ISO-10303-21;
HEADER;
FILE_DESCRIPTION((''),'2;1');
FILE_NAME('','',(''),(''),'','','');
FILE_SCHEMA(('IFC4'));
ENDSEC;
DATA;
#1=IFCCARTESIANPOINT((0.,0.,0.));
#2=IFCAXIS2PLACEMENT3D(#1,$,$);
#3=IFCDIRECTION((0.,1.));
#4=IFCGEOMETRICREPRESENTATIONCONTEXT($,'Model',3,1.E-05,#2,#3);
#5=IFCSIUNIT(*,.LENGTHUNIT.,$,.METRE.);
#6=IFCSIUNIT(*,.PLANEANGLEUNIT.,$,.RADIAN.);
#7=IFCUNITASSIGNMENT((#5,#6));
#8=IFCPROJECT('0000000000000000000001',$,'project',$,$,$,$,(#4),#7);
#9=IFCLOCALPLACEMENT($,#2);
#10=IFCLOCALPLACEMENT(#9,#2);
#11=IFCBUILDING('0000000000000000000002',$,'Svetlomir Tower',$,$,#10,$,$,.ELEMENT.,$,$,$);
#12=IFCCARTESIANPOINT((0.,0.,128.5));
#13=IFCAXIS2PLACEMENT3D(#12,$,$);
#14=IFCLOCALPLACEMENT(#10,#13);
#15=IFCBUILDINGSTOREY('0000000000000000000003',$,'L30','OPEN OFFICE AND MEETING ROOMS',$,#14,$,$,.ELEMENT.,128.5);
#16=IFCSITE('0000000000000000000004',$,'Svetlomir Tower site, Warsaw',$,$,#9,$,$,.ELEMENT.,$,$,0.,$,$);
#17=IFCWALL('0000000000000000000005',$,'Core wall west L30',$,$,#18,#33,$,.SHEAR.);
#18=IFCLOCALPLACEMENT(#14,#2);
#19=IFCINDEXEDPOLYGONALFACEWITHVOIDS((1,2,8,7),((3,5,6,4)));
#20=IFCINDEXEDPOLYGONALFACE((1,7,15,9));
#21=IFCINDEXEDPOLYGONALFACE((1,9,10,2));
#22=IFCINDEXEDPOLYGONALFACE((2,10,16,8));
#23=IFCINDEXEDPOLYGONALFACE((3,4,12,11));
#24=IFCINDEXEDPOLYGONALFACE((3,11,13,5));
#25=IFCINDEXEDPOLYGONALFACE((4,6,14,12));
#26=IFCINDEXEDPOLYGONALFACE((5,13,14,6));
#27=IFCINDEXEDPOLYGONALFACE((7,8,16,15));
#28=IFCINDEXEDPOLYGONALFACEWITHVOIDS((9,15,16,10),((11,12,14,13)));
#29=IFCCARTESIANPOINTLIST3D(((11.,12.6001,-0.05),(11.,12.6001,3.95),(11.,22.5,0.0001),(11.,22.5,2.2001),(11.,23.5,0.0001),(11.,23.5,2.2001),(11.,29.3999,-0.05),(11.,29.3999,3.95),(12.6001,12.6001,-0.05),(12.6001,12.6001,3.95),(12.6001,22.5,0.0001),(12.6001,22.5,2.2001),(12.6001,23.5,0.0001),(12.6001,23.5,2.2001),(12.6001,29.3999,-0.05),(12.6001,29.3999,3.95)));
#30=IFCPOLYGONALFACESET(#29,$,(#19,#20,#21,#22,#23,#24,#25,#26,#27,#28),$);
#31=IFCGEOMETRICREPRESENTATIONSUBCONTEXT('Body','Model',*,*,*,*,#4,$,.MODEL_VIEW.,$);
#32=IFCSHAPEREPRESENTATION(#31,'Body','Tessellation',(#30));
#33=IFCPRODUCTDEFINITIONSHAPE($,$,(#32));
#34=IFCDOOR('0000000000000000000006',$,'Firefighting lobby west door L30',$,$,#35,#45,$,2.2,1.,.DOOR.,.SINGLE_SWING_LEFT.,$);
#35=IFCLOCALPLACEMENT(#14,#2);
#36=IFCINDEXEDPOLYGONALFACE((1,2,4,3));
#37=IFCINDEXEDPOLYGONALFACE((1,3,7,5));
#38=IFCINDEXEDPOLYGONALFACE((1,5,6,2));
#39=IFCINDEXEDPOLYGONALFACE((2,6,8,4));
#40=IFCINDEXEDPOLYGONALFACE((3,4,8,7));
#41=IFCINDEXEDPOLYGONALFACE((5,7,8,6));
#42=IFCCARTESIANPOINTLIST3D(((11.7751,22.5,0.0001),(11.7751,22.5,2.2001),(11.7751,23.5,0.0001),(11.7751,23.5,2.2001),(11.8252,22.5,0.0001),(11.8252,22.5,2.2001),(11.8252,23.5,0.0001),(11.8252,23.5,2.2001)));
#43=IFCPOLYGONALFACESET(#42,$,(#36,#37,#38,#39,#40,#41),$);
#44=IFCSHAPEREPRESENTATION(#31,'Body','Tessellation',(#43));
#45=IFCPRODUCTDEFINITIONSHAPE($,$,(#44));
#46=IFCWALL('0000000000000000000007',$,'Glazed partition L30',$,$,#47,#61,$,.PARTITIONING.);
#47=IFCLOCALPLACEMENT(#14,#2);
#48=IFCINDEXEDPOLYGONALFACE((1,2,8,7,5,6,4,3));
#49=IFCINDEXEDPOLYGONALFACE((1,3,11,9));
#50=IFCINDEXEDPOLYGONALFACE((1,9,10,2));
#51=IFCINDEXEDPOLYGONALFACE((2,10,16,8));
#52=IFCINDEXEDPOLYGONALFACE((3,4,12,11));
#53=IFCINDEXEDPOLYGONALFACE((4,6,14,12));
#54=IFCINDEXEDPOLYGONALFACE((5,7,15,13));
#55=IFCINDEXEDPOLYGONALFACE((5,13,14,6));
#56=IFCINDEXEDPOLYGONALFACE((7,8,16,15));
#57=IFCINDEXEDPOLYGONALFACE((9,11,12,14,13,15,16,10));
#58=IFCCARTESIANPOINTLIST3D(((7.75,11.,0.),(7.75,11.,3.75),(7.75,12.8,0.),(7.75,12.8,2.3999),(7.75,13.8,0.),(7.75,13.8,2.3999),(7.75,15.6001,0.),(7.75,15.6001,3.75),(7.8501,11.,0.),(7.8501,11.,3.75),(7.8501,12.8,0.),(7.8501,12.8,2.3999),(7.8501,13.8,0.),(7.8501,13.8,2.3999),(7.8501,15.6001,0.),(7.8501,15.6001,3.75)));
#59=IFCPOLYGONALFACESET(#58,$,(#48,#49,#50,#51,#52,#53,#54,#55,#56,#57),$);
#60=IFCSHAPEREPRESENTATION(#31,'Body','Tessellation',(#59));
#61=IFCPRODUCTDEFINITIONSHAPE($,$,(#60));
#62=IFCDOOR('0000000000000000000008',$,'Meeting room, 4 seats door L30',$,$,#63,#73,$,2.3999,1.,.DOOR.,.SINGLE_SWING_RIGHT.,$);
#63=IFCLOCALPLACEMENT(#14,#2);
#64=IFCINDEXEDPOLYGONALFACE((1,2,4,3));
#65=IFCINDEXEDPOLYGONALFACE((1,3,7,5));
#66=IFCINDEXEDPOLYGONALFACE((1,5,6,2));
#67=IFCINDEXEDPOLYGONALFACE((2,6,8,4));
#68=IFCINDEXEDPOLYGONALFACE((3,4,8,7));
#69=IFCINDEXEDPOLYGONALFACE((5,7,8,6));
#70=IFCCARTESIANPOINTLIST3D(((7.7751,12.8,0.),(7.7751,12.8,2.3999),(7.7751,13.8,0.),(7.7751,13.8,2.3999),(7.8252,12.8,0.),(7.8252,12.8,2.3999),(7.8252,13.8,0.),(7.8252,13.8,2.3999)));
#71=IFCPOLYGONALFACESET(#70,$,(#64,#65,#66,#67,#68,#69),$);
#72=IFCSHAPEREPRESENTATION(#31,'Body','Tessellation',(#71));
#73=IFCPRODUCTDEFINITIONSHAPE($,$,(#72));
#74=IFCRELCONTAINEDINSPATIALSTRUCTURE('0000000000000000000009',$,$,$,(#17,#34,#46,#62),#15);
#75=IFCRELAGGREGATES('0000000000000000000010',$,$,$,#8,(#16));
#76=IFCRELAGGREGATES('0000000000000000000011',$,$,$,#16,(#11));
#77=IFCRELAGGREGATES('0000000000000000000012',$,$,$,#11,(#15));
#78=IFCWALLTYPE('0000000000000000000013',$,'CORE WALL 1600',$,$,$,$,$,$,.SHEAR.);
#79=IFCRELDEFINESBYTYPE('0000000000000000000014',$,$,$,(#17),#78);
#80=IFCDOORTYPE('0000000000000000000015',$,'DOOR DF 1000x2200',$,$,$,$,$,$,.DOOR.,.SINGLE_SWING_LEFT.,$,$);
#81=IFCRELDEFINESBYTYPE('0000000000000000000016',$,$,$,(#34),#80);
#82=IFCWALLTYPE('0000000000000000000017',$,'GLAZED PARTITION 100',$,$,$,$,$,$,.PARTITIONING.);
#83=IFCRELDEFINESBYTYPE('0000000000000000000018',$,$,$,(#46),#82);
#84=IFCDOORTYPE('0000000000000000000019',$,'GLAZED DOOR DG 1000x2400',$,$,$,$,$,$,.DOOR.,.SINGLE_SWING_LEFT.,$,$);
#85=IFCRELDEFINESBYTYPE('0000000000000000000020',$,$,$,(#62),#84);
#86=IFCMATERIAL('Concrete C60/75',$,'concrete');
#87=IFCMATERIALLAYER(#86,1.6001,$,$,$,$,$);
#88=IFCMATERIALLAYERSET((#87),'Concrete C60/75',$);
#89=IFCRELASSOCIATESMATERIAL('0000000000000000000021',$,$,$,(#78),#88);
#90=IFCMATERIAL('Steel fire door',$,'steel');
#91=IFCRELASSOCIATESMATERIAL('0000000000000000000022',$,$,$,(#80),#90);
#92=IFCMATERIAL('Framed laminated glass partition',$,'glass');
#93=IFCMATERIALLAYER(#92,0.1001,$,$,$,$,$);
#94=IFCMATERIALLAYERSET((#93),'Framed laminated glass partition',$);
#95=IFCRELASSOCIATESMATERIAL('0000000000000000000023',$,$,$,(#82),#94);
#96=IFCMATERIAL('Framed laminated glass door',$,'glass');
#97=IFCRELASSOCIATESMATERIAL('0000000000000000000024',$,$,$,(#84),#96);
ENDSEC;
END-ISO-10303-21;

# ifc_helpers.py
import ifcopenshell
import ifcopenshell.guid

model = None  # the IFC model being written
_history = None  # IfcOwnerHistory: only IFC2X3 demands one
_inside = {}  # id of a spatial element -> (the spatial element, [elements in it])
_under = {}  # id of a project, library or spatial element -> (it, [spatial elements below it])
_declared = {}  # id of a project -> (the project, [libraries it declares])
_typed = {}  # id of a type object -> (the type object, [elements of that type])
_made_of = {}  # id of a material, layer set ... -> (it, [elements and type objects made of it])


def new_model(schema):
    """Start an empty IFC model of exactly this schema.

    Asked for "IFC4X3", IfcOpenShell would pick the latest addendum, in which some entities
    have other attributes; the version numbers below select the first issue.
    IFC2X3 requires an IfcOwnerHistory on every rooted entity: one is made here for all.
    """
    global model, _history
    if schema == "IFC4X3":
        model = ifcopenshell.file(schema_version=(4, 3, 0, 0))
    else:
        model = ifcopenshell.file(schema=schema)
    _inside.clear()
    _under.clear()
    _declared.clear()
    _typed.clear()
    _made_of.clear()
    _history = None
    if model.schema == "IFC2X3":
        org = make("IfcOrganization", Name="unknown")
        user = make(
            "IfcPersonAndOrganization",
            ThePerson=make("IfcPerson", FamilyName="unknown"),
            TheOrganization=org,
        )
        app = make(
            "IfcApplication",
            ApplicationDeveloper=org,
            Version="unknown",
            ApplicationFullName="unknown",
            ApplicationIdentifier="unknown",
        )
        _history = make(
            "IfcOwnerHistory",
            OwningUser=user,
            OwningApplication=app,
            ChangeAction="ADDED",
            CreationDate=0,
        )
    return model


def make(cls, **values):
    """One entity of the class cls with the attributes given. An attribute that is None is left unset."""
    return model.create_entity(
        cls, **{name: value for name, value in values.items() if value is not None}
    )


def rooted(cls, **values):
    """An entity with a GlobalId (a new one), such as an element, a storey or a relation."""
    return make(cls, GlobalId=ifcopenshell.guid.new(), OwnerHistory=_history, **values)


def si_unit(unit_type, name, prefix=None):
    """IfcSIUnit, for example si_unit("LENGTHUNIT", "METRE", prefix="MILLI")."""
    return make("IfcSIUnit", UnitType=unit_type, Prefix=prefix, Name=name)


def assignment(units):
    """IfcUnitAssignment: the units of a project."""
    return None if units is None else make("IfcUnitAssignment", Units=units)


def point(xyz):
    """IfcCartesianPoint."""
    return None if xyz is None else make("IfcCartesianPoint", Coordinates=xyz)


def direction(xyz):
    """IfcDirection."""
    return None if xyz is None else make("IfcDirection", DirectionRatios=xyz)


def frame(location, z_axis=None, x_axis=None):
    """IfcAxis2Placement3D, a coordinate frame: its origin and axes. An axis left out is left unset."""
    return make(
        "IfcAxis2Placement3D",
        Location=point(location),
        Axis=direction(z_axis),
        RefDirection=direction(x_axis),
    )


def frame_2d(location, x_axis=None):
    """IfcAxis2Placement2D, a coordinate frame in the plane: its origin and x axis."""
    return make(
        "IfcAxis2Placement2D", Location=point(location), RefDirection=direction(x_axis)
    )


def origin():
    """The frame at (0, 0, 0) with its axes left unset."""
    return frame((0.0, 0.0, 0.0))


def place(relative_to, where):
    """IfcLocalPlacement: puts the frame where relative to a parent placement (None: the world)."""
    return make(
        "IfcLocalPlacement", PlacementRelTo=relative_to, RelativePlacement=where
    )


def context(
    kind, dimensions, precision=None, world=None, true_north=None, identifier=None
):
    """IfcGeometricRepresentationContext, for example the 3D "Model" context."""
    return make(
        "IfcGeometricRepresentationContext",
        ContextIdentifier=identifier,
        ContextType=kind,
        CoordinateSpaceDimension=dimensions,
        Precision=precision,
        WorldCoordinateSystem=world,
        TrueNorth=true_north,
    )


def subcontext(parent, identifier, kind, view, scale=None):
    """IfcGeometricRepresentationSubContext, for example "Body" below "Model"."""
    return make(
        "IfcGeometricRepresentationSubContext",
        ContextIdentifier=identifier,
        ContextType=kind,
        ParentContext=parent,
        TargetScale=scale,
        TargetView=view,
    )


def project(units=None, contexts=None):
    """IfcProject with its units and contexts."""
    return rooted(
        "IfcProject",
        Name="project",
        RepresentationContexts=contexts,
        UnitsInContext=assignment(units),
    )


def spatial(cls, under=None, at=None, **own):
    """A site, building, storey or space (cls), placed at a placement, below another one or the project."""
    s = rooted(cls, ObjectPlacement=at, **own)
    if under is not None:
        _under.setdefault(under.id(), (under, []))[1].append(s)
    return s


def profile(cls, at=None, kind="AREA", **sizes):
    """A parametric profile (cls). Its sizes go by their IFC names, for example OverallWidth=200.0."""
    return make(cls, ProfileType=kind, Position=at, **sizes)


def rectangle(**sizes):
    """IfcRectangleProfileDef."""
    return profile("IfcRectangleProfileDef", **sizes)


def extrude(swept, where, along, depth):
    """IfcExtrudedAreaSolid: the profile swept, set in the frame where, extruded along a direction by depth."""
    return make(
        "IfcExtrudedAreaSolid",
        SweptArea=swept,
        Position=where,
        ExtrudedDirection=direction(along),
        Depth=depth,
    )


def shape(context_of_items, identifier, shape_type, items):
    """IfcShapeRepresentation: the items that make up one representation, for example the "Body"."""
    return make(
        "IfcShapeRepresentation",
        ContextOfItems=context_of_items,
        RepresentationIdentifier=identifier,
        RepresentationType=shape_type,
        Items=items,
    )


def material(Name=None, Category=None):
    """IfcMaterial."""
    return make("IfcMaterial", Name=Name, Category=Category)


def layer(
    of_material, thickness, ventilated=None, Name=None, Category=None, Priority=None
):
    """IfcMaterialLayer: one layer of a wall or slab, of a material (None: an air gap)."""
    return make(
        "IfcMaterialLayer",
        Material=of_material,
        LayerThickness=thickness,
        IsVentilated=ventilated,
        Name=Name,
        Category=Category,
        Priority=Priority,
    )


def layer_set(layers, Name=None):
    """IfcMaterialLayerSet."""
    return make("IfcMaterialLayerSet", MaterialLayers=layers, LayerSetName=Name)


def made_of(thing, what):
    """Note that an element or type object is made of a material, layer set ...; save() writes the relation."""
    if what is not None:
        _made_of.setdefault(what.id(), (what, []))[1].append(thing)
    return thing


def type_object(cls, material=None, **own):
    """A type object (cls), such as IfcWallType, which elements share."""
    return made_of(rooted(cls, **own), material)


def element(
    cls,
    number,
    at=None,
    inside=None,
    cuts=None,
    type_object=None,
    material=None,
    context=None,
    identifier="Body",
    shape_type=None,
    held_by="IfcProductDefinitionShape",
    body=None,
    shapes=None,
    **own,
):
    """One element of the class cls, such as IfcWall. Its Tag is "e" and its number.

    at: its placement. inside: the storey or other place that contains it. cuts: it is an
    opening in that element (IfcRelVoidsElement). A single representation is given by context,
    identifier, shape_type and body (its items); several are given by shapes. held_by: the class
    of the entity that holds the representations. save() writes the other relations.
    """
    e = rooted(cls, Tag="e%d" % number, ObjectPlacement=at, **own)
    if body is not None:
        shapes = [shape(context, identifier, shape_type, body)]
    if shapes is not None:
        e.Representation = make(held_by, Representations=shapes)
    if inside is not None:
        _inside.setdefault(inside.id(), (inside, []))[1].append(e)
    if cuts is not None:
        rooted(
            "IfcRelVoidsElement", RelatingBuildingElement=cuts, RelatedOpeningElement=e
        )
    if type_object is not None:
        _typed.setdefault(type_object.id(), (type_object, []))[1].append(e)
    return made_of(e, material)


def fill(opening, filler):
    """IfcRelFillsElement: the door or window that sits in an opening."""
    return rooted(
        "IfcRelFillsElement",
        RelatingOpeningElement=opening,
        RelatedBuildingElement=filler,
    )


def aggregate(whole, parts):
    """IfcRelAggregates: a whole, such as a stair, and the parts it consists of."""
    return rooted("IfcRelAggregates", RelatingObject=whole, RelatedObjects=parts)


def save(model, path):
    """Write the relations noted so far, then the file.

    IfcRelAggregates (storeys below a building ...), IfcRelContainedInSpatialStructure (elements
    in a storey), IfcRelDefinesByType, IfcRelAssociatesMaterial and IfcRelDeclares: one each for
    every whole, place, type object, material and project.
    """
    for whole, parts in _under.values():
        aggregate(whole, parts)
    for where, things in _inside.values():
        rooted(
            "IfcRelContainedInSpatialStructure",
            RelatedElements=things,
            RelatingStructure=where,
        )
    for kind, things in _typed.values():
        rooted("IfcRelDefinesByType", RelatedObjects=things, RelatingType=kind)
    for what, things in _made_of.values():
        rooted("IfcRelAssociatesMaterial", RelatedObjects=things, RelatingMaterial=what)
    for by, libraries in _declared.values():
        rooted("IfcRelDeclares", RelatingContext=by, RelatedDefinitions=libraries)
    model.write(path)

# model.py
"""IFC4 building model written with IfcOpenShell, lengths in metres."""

from ifc_helpers import new_model, si_unit, direction, frame, frame_2d, origin, place, context, subcontext, project, spatial, rectangle, extrude, material, layer, layer_set, type_object, element, fill, save


model = new_model("IFC4")

# Units and contexts
model_context = context("Model", 3, precision=1e-05, world=origin(), true_north=direction((0.0, 1.0)))
body_context = subcontext(model_context, "Body", "Model", "MODEL_VIEW")
ifc_project = project(units=[si_unit("LENGTHUNIT", "METRE"), si_unit("PLANEANGLEUNIT", "RADIAN")], contexts=[model_context])

# Site, building, storey
site_placement = place(None, origin())
site = spatial("IfcSite", under=ifc_project, at=site_placement, Name="Svetlomir Tower site, Warsaw", CompositionType="ELEMENT", RefElevation=0.0)
building_placement = place(site_placement, origin())
building = spatial("IfcBuilding", under=site, at=building_placement, Name="Svetlomir Tower", CompositionType="ELEMENT")
storey_placement = place(building_placement, frame((0.0, 0.0, 128.5)))
storey = spatial("IfcBuildingStorey", under=building, at=storey_placement, Name="L30", Description="OPEN OFFICE AND MEETING ROOMS", CompositionType="ELEMENT", Elevation=128.5)

# Walls, openings, doors
ifc_material_1 = material(Name="Concrete C60/75", Category="concrete")
ifc_layer_1 = layer(ifc_material_1, 1.6001)
ifc_layer_set_1 = layer_set([ifc_layer_1], Name="Concrete C60/75")
wall_type_1 = type_object("IfcWallType", Name="CORE WALL 1600", PredefinedType="SHEAR", material=ifc_layer_set_1)
wall_1_placement = place(storey_placement, frame((11.8, 12.6001, -0.05), z_axis=(0.0, 0.0, 1.0), x_axis=(0.0, 1.0, 0.0)))
wall_1 = element("IfcWall", 1, at=wall_1_placement, inside=storey, type_object=wall_type_1, Name="Core wall west L30", PredefinedType="SHEAR", context=body_context, shape_type="SweptSolid", body=[
    extrude(rectangle(XDim=16.7998, YDim=1.6001, at=frame_2d((8.3999, 0.0))), origin(), (0.0, 0.0, 1.0), 4.0),
])
opening_1_placement = place(wall_1_placement, frame((9.8999, 0.0, 0.05)))
opening_1 = element("IfcOpeningElement", 2, at=opening_1_placement, cuts=wall_1, PredefinedType="OPENING", context=body_context, shape_type="SweptSolid", body=[
    extrude(rectangle(XDim=1.0, YDim=2.2, at=frame_2d((0.5, 1.1001))), frame((0.0, 0.8101, 0.0), z_axis=(0.0, -1.0, 0.0), x_axis=(1.0, 0.0, 0.0)), (0.0, 0.0, 1.0), 1.6201),
])
ifc_material_2 = material(Name="Steel fire door", Category="steel")
door_type_1 = type_object("IfcDoorType", Name="DOOR DF 1000x2200", OperationType="SINGLE_SWING_LEFT", PredefinedType="DOOR", material=ifc_material_2)
door_1_placement = place(opening_1_placement, origin())
door_1 = element("IfcDoor", 3, at=door_1_placement, inside=storey, type_object=door_type_1, Name="Firefighting lobby west door L30", OperationType="SINGLE_SWING_LEFT", OverallHeight=2.2, OverallWidth=1.0, PredefinedType="DOOR", context=body_context, shape_type="SweptSolid", body=[
    extrude(rectangle(XDim=1.0, YDim=2.2, at=frame_2d((0.5, 1.1001))), frame((0.0, 0.0249, 0.0), z_axis=(0.0, -1.0, 0.0), x_axis=(1.0, 0.0, 0.0)), (0.0, 0.0, 1.0), 0.05),
])
fill(opening_1, door_1)
ifc_material_3 = material(Name="Framed laminated glass partition", Category="glass")
ifc_layer_2 = layer(ifc_material_3, 0.1001)
ifc_layer_set_2 = layer_set([ifc_layer_2], Name="Framed laminated glass partition")
wall_type_2 = type_object("IfcWallType", Name="GLAZED PARTITION 100", PredefinedType="PARTITIONING", material=ifc_layer_set_2)
wall_2_placement = place(storey_placement, frame((7.8, 11.0, 0.0), z_axis=(0.0, 0.0, 1.0), x_axis=(0.0, 1.0, 0.0)))
wall_2 = element("IfcWall", 4, at=wall_2_placement, inside=storey, type_object=wall_type_2, Name="Glazed partition L30", PredefinedType="PARTITIONING", context=body_context, shape_type="SweptSolid", body=[
    extrude(rectangle(XDim=4.6001, YDim=0.1001, at=frame_2d((2.3, 0.0))), origin(), (0.0, 0.0, 1.0), 3.75),
])
opening_2_placement = place(wall_2_placement, frame((1.8, 0.0, 0.0)))
opening_2 = element("IfcOpeningElement", 5, at=opening_2_placement, cuts=wall_2, PredefinedType="OPENING", context=body_context, shape_type="SweptSolid", body=[
    extrude(rectangle(XDim=1.0, YDim=2.3999, at=frame_2d((0.5, 1.2))), frame((0.0, 0.0601, 0.0), z_axis=(0.0, -1.0, 0.0), x_axis=(1.0, 0.0, 0.0)), (0.0, 0.0, 1.0), 0.1201),
])
ifc_material_4 = material(Name="Framed laminated glass door", Category="glass")
door_type_2 = type_object("IfcDoorType", Name="GLAZED DOOR DG 1000x2400", OperationType="SINGLE_SWING_LEFT", PredefinedType="DOOR", material=ifc_material_4)
door_2_placement = place(opening_2_placement, origin())
door_2 = element("IfcDoor", 6, at=door_2_placement, inside=storey, type_object=door_type_2, Name="Meeting room, 4 seats door L30", OperationType="SINGLE_SWING_RIGHT", OverallHeight=2.3999, OverallWidth=1.0, PredefinedType="DOOR", context=body_context, shape_type="SweptSolid", body=[
    extrude(rectangle(XDim=1.0, YDim=2.3999, at=frame_2d((0.5, 1.2))), frame((0.0, 0.0249, 0.0), z_axis=(0.0, -1.0, 0.0), x_axis=(1.0, 0.0, 0.0)), (0.0, 0.0, 1.0), 0.05),
])
fill(opening_2, door_2)

save(model, "model.ifc")
